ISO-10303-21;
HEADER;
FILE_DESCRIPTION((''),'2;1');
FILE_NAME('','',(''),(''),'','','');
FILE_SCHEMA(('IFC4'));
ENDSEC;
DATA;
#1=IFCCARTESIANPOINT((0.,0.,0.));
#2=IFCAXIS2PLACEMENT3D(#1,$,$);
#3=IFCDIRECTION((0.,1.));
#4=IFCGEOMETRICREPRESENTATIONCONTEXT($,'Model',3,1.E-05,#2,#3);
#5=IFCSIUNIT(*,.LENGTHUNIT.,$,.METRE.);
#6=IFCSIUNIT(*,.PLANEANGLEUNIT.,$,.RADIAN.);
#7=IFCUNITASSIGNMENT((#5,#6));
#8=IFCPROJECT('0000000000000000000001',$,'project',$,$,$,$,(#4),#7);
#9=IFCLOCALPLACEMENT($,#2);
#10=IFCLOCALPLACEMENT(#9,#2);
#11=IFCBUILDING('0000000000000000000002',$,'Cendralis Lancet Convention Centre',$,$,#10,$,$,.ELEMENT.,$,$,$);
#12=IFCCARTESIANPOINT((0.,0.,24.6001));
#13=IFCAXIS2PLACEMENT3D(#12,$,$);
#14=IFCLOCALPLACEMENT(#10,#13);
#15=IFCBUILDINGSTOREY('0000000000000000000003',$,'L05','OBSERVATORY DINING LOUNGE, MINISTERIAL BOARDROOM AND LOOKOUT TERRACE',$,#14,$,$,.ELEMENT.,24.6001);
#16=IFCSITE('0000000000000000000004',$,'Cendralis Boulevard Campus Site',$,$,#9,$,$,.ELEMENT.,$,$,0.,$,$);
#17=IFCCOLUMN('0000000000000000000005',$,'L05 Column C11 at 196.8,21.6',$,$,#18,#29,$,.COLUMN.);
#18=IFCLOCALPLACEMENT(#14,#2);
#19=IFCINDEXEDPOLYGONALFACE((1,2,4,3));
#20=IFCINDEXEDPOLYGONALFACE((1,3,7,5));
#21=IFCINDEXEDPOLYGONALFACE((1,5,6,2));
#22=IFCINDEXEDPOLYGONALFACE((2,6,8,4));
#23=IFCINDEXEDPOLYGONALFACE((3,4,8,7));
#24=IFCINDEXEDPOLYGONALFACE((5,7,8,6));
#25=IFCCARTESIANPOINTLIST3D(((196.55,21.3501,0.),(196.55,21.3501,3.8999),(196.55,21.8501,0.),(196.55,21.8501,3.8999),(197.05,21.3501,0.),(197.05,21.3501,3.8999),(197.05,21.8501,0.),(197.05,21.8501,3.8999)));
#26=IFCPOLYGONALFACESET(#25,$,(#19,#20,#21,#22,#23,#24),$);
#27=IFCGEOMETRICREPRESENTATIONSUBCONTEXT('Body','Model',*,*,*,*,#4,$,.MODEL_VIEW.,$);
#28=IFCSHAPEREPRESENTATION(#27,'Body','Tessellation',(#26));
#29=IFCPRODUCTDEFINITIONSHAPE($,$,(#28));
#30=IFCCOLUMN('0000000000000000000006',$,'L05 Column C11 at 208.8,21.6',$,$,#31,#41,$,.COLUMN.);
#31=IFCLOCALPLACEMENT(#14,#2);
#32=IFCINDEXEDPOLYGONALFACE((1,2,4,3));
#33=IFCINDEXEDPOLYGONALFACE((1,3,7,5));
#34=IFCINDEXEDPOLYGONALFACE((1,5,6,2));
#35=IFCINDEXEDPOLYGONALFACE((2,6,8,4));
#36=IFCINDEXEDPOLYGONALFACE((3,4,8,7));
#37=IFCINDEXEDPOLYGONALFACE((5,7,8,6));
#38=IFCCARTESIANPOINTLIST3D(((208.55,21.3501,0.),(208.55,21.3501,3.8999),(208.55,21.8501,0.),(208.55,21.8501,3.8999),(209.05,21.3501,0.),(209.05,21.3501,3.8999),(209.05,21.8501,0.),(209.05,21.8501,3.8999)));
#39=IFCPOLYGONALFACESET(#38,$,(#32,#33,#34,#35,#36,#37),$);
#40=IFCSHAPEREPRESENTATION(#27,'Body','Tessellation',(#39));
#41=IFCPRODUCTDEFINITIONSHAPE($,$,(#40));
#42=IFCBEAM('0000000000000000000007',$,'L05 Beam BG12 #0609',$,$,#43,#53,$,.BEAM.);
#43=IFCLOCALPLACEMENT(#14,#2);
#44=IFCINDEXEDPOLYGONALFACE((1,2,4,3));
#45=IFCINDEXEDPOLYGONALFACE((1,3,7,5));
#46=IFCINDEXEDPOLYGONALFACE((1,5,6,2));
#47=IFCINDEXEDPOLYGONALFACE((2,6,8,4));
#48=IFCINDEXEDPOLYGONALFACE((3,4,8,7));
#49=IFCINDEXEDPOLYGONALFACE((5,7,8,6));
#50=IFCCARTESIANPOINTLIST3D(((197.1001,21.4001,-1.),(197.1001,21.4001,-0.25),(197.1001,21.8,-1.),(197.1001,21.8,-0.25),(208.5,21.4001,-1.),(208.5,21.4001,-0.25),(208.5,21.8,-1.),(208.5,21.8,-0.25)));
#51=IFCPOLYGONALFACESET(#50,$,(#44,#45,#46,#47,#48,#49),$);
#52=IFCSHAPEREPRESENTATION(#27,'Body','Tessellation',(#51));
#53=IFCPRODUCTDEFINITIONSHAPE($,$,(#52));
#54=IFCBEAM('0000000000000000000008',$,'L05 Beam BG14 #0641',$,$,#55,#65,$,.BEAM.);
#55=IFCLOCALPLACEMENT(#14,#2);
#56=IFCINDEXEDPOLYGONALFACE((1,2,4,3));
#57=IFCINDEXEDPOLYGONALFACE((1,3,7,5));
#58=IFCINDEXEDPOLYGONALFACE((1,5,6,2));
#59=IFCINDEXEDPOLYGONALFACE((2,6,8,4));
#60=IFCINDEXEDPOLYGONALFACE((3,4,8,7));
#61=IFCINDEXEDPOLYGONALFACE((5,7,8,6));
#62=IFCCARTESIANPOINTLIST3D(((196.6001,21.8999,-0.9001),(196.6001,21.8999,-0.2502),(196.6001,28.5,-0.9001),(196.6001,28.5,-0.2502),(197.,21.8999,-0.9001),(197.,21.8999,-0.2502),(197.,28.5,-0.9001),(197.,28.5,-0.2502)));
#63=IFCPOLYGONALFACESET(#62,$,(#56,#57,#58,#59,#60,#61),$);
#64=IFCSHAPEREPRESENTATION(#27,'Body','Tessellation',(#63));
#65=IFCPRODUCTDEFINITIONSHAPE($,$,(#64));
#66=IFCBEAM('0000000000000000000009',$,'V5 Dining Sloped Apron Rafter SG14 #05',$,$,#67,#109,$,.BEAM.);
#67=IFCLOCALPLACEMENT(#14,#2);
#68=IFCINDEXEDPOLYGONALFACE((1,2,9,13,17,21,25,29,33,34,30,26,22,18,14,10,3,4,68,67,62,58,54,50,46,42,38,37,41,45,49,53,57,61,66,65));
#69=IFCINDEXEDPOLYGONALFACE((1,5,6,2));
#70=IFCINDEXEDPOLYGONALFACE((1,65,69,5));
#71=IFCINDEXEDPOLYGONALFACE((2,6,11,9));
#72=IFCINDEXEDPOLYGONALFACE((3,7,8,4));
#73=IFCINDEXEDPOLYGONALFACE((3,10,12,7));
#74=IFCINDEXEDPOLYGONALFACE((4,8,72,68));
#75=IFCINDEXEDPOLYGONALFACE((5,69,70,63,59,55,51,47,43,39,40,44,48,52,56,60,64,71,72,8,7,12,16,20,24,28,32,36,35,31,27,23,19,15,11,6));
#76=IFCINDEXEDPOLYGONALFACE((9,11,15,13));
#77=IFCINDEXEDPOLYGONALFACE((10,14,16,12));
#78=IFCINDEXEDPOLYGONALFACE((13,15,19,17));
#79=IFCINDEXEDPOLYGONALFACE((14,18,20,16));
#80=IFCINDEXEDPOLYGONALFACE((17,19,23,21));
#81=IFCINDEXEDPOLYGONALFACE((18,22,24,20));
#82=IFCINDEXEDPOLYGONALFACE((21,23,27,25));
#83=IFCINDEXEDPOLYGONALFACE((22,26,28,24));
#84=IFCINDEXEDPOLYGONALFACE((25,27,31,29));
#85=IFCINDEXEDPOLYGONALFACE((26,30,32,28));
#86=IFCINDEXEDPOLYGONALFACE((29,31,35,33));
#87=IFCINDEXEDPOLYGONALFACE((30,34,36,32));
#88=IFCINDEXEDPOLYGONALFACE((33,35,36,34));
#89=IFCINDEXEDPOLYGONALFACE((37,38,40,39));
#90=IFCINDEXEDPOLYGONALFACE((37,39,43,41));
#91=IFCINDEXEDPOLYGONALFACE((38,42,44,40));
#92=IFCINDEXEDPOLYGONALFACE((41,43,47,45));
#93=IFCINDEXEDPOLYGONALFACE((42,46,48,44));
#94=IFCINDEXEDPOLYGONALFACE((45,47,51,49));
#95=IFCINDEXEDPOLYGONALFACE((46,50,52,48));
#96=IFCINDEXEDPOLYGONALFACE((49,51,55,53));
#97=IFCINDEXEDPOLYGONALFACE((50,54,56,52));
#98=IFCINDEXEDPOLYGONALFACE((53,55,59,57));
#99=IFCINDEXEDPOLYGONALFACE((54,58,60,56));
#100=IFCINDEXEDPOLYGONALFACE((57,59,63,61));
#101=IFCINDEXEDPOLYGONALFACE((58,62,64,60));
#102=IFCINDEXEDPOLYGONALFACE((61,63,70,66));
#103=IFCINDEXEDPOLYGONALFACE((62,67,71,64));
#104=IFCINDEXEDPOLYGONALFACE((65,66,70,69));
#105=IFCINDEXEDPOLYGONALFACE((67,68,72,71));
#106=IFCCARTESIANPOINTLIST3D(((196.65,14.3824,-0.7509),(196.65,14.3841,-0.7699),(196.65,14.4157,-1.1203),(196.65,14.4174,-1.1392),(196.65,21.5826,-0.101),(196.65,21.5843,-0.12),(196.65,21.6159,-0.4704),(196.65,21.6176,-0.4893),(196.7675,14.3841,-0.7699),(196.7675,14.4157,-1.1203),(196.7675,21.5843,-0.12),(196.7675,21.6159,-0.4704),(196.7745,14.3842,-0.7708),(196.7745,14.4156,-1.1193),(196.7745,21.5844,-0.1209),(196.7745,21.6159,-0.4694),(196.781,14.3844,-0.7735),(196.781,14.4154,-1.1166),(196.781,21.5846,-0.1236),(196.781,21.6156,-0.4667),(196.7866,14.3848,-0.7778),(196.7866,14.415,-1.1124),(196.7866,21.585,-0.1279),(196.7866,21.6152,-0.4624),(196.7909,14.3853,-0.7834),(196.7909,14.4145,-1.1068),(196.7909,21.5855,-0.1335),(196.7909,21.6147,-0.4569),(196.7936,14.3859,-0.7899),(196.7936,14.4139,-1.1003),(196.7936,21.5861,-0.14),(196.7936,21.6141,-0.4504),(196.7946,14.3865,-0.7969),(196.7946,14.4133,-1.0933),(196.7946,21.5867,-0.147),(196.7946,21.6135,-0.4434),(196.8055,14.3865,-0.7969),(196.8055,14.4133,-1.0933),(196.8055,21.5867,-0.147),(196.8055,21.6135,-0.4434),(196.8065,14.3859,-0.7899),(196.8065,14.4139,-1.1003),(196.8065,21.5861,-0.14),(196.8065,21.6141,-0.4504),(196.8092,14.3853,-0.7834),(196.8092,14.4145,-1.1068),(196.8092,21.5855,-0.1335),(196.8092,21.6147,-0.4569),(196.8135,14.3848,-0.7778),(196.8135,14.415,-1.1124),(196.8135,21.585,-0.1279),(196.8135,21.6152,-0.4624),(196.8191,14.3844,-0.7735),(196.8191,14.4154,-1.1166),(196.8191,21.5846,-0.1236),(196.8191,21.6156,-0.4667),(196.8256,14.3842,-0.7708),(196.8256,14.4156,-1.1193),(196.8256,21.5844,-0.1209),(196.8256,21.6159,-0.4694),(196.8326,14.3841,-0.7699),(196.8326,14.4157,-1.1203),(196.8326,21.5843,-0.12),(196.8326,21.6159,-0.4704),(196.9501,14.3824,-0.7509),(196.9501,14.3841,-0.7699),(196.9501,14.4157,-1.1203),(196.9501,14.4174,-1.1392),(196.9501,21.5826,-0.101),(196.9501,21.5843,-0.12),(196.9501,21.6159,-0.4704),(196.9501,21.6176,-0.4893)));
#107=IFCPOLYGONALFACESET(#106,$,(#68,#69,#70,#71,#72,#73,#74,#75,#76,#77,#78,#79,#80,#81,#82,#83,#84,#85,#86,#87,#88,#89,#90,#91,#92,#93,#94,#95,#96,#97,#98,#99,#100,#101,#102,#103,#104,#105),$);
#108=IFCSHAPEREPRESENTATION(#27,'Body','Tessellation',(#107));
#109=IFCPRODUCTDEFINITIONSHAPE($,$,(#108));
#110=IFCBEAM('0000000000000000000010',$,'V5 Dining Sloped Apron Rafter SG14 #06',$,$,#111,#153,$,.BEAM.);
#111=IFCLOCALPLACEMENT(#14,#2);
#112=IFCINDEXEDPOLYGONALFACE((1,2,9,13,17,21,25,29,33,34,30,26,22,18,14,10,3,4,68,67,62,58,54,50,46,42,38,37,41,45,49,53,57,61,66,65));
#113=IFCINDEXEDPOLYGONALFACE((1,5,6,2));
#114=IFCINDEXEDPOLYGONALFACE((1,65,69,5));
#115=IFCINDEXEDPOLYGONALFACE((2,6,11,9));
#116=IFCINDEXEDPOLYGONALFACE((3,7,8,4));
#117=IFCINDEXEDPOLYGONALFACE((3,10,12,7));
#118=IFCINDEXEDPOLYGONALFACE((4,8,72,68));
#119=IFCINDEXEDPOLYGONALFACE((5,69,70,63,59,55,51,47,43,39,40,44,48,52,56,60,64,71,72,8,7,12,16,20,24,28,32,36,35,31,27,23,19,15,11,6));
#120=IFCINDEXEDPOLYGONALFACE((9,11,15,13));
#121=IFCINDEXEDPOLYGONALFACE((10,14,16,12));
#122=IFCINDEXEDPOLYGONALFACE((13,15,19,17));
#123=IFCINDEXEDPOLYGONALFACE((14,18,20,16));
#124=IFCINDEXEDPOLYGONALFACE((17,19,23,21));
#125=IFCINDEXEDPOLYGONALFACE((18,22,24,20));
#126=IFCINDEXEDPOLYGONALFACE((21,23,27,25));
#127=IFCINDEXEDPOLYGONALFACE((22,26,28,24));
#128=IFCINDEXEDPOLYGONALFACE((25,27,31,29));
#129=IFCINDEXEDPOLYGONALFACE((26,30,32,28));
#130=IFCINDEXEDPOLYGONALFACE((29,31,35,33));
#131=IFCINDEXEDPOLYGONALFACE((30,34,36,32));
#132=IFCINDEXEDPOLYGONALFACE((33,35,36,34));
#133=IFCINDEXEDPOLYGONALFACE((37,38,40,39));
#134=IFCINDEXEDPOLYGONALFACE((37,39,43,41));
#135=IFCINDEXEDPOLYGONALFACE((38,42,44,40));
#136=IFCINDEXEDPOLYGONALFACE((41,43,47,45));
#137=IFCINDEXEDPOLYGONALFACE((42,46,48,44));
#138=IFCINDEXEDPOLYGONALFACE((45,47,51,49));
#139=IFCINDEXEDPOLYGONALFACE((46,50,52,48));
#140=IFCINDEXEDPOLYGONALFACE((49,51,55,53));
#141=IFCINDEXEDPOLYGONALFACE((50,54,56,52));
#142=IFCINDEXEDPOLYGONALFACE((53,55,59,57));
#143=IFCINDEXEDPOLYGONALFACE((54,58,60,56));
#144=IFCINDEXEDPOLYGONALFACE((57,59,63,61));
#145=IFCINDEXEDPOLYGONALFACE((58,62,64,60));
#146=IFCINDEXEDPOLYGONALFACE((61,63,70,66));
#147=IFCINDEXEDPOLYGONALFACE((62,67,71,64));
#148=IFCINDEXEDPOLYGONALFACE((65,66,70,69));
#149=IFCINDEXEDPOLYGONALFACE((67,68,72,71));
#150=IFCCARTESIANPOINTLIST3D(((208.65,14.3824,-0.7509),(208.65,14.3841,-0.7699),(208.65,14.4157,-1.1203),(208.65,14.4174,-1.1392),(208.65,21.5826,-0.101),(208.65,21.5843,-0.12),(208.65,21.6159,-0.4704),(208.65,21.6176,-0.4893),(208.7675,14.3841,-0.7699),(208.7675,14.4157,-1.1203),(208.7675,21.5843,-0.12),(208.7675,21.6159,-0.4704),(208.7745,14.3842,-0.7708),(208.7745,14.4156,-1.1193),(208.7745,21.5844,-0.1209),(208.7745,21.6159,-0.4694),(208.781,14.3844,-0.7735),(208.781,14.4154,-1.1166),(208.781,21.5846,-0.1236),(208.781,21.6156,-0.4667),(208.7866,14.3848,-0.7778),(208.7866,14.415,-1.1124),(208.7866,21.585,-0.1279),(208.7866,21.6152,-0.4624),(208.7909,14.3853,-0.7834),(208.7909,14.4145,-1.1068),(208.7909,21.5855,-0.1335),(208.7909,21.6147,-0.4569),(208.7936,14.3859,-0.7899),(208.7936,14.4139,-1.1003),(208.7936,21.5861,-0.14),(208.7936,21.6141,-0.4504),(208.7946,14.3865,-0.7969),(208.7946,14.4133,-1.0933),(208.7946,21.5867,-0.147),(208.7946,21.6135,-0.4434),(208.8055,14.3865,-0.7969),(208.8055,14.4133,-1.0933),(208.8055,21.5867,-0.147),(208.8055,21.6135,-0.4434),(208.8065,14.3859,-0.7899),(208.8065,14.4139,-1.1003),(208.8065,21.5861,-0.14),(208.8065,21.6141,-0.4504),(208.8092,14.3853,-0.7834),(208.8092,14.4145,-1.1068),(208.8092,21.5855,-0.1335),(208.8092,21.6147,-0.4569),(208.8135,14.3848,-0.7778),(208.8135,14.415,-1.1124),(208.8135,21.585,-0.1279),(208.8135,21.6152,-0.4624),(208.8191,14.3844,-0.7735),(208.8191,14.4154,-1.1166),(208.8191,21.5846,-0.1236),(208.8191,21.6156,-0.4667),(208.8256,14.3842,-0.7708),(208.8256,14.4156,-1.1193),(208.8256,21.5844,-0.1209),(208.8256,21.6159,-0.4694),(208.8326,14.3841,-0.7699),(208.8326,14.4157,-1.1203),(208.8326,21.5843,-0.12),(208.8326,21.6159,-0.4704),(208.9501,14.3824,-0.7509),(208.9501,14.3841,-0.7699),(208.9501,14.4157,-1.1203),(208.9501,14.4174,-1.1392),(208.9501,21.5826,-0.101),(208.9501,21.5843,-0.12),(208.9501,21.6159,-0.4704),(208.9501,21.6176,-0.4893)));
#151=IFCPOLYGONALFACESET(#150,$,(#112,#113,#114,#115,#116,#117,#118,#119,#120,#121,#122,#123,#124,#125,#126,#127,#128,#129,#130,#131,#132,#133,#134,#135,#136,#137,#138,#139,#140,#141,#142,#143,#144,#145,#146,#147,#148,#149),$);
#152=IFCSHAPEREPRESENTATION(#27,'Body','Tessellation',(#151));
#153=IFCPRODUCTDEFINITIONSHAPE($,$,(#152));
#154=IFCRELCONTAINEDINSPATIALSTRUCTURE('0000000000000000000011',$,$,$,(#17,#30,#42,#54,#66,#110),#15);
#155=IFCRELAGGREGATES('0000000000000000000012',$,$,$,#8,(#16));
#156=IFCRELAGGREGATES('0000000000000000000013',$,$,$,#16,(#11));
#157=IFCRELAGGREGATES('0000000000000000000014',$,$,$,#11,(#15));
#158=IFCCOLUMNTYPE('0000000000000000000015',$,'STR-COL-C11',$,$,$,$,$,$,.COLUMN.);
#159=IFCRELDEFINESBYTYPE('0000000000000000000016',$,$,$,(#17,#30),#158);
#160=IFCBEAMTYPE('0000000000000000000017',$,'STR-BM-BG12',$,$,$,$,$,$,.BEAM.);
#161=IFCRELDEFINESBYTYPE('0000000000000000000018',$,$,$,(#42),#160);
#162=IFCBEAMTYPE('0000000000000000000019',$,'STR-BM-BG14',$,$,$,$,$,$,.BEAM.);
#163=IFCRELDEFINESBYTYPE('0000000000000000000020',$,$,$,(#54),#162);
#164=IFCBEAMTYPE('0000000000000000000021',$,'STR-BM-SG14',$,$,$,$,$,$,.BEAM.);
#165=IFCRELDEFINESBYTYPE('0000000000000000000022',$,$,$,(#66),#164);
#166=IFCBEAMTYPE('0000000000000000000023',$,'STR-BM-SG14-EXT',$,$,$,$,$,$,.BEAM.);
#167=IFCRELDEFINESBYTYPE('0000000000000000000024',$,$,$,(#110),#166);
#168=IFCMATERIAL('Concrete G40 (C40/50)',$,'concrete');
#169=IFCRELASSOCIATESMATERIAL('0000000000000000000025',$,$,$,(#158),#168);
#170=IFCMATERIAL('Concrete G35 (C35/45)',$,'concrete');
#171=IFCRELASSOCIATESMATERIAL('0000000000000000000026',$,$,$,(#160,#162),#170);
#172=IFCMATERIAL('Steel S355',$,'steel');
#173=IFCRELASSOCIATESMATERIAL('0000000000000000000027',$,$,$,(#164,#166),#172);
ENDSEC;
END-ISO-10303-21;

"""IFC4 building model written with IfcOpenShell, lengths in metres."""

from ifc_helpers import new_model, si_unit, direction, frame, origin, origin_2d, place, context, subcontext, project, spatial, rectangle, i_section, extrude, material, material_profile, profile_set, type_object, element, save


model = new_model("IFC4")

# Units and contexts
model_context = context("Model", 3, precision=1e-05, world=origin(), true_north=direction((0.0, 1.0)))
body_context = subcontext(model_context, "Body", "Model", "MODEL_VIEW")
ifc_project = project(units=[si_unit("LENGTHUNIT", "METRE"), si_unit("PLANEANGLEUNIT", "RADIAN")], contexts=[model_context])

# Site, building, storey
site_placement = place(None, origin())
site = spatial("IfcSite", under=ifc_project, at=site_placement, Name="Cendralis Boulevard Campus Site", CompositionType="ELEMENT", RefElevation=0.0)
building_placement = place(site_placement, origin())
building = spatial("IfcBuilding", under=site, at=building_placement, Name="Cendralis Lancet Convention Centre", CompositionType="ELEMENT")
storey_placement = place(building_placement, frame((0.0, 0.0, 24.6001)))
storey = spatial("IfcBuildingStorey", under=building, at=storey_placement, Name="L05", Description="OBSERVATORY DINING LOUNGE, MINISTERIAL BOARDROOM AND LOOKOUT TERRACE", CompositionType="ELEMENT", Elevation=24.6001)

# Columns
ifc_material_1 = material(Name="Concrete G40 (C40/50)", Category="concrete")
ifc_material_profile_1 = material_profile(ifc_material_1, rectangle(XDim=0.5, YDim=0.5, at=origin_2d()), Name="RC 500x500")
ifc_profile_set_1 = profile_set([ifc_material_profile_1], Name="Concrete G40 (C40/50)")
column_type = type_object("IfcColumnType", Name="STR-COL-C11", PredefinedType="COLUMN", material=ifc_profile_set_1)
for number, where, z_axis, x_axis, name in (
    (1, (196.8, 21.6001, 0.0), (0.0, 0.0, 1.0), (1.0, 0.0, 0.0), "L05 Column C11 at 196.8,21.6"),
    (2, (208.8, 21.6001, 0.0), (0.0, 0.0, 1.0), (1.0, 0.0, 0.0), "L05 Column C11 at 208.8,21.6"),
):
    element("IfcColumn", number, at=place(storey_placement, frame(where, z_axis=z_axis, x_axis=x_axis)), inside=storey, type_object=column_type, Name=name, PredefinedType="COLUMN", context=body_context, shape_type="SweptSolid", body=[
        extrude(rectangle(XDim=0.5, YDim=0.5, at=origin_2d()), origin(), (0.0, 0.0, 1.0), 3.8999),
    ])

# Beams
ifc_material_2 = material(Name="Concrete G35 (C35/45)", Category="concrete")
ifc_material_profile_2 = material_profile(ifc_material_2, rectangle(XDim=0.3999, YDim=0.75, at=origin_2d()), Name="RCB 400x750")
ifc_profile_set_2 = profile_set([ifc_material_profile_2], Name="Concrete G35 (C35/45)")
beam_type_1 = type_object("IfcBeamType", Name="STR-BM-BG12", PredefinedType="BEAM", material=ifc_profile_set_2)
beam_1_placement = place(storey_placement, frame((197.1001, 21.6001, -0.625), z_axis=(1.0, 0.0, 0.0), x_axis=(0.0, 1.0, 0.0)))
element("IfcBeam", 3, at=beam_1_placement, inside=storey, type_object=beam_type_1, Name="L05 Beam BG12 #0609", PredefinedType="BEAM", context=body_context, shape_type="SweptSolid", body=[
    extrude(rectangle(XDim=0.3999, YDim=0.75, at=origin_2d()), origin(), (0.0, 0.0, 1.0), 11.3999),
])
ifc_material_profile_3 = material_profile(ifc_material_2, rectangle(XDim=0.3999, YDim=0.6499, at=origin_2d()), Name="RCB 400x650")
ifc_profile_set_3 = profile_set([ifc_material_profile_3], Name="Concrete G35 (C35/45)")
beam_type_2 = type_object("IfcBeamType", Name="STR-BM-BG14", PredefinedType="BEAM", material=ifc_profile_set_3)
beam_2_placement = place(storey_placement, frame((196.8, 21.8999, -0.5752), z_axis=(0.0, 1.0, 0.0), x_axis=(-1.0, 0.0, 0.0)))
element("IfcBeam", 4, at=beam_2_placement, inside=storey, type_object=beam_type_2, Name="L05 Beam BG14 #0641", PredefinedType="BEAM", context=body_context, shape_type="SweptSolid", body=[
    extrude(rectangle(XDim=0.3999, YDim=0.6499, at=origin_2d()), origin(), (0.0, 0.0, 1.0), 6.6001),
])
ifc_material_3 = material(Name="Steel S355", Category="steel")
ifc_material_profile_4 = material_profile(ifc_material_3, i_section(OverallWidth=0.3, OverallDepth=0.3899, WebThickness=0.011, FlangeThickness=0.019, FilletRadius=0.0271, at=origin_2d()), Name="HEA 400")
ifc_profile_set_4 = profile_set([ifc_material_profile_4], Name="Steel S355")
beam_type_3 = type_object("IfcBeamType", Name="STR-BM-SG14", PredefinedType="BEAM", material=ifc_profile_set_4)
beam_3_placement = place(storey_placement, frame((196.8, 14.3999, -0.9451), z_axis=(0.0, 0.995951, 0.089896), x_axis=(-1.0, 0.0, 0.0)))
element("IfcBeam", 5, at=beam_3_placement, inside=storey, type_object=beam_type_3, Name="V5 Dining Sloped Apron Rafter SG14 #05", PredefinedType="BEAM", context=body_context, shape_type="SweptSolid", body=[
    extrude(i_section(OverallWidth=0.3, OverallDepth=0.3899, WebThickness=0.011, FlangeThickness=0.019, FilletRadius=0.0271, at=origin_2d()), origin(), (0.0, 0.0, 1.0), 7.2295),
])
ifc_material_profile_5 = material_profile(ifc_material_3, i_section(OverallWidth=0.3, OverallDepth=0.3899, WebThickness=0.011, FlangeThickness=0.019, FilletRadius=0.0271, at=origin_2d()), Name="HEA 400")
ifc_profile_set_5 = profile_set([ifc_material_profile_5], Name="Steel S355")
beam_type_4 = type_object("IfcBeamType", Name="STR-BM-SG14-EXT", PredefinedType="BEAM", material=ifc_profile_set_5)
beam_4_placement = place(storey_placement, frame((208.8, 14.3999, -0.9451), z_axis=(0.0, 0.995951, 0.089896), x_axis=(-1.0, 0.0, 0.0)))
element("IfcBeam", 6, at=beam_4_placement, inside=storey, type_object=beam_type_4, Name="V5 Dining Sloped Apron Rafter SG14 #06", PredefinedType="BEAM", context=body_context, shape_type="SweptSolid", body=[
    extrude(i_section(OverallWidth=0.3, OverallDepth=0.3899, WebThickness=0.011, FlangeThickness=0.019, FilletRadius=0.0271, at=origin_2d()), origin(), (0.0, 0.0, 1.0), 7.2295),
])

save(model, "model.ifc")
